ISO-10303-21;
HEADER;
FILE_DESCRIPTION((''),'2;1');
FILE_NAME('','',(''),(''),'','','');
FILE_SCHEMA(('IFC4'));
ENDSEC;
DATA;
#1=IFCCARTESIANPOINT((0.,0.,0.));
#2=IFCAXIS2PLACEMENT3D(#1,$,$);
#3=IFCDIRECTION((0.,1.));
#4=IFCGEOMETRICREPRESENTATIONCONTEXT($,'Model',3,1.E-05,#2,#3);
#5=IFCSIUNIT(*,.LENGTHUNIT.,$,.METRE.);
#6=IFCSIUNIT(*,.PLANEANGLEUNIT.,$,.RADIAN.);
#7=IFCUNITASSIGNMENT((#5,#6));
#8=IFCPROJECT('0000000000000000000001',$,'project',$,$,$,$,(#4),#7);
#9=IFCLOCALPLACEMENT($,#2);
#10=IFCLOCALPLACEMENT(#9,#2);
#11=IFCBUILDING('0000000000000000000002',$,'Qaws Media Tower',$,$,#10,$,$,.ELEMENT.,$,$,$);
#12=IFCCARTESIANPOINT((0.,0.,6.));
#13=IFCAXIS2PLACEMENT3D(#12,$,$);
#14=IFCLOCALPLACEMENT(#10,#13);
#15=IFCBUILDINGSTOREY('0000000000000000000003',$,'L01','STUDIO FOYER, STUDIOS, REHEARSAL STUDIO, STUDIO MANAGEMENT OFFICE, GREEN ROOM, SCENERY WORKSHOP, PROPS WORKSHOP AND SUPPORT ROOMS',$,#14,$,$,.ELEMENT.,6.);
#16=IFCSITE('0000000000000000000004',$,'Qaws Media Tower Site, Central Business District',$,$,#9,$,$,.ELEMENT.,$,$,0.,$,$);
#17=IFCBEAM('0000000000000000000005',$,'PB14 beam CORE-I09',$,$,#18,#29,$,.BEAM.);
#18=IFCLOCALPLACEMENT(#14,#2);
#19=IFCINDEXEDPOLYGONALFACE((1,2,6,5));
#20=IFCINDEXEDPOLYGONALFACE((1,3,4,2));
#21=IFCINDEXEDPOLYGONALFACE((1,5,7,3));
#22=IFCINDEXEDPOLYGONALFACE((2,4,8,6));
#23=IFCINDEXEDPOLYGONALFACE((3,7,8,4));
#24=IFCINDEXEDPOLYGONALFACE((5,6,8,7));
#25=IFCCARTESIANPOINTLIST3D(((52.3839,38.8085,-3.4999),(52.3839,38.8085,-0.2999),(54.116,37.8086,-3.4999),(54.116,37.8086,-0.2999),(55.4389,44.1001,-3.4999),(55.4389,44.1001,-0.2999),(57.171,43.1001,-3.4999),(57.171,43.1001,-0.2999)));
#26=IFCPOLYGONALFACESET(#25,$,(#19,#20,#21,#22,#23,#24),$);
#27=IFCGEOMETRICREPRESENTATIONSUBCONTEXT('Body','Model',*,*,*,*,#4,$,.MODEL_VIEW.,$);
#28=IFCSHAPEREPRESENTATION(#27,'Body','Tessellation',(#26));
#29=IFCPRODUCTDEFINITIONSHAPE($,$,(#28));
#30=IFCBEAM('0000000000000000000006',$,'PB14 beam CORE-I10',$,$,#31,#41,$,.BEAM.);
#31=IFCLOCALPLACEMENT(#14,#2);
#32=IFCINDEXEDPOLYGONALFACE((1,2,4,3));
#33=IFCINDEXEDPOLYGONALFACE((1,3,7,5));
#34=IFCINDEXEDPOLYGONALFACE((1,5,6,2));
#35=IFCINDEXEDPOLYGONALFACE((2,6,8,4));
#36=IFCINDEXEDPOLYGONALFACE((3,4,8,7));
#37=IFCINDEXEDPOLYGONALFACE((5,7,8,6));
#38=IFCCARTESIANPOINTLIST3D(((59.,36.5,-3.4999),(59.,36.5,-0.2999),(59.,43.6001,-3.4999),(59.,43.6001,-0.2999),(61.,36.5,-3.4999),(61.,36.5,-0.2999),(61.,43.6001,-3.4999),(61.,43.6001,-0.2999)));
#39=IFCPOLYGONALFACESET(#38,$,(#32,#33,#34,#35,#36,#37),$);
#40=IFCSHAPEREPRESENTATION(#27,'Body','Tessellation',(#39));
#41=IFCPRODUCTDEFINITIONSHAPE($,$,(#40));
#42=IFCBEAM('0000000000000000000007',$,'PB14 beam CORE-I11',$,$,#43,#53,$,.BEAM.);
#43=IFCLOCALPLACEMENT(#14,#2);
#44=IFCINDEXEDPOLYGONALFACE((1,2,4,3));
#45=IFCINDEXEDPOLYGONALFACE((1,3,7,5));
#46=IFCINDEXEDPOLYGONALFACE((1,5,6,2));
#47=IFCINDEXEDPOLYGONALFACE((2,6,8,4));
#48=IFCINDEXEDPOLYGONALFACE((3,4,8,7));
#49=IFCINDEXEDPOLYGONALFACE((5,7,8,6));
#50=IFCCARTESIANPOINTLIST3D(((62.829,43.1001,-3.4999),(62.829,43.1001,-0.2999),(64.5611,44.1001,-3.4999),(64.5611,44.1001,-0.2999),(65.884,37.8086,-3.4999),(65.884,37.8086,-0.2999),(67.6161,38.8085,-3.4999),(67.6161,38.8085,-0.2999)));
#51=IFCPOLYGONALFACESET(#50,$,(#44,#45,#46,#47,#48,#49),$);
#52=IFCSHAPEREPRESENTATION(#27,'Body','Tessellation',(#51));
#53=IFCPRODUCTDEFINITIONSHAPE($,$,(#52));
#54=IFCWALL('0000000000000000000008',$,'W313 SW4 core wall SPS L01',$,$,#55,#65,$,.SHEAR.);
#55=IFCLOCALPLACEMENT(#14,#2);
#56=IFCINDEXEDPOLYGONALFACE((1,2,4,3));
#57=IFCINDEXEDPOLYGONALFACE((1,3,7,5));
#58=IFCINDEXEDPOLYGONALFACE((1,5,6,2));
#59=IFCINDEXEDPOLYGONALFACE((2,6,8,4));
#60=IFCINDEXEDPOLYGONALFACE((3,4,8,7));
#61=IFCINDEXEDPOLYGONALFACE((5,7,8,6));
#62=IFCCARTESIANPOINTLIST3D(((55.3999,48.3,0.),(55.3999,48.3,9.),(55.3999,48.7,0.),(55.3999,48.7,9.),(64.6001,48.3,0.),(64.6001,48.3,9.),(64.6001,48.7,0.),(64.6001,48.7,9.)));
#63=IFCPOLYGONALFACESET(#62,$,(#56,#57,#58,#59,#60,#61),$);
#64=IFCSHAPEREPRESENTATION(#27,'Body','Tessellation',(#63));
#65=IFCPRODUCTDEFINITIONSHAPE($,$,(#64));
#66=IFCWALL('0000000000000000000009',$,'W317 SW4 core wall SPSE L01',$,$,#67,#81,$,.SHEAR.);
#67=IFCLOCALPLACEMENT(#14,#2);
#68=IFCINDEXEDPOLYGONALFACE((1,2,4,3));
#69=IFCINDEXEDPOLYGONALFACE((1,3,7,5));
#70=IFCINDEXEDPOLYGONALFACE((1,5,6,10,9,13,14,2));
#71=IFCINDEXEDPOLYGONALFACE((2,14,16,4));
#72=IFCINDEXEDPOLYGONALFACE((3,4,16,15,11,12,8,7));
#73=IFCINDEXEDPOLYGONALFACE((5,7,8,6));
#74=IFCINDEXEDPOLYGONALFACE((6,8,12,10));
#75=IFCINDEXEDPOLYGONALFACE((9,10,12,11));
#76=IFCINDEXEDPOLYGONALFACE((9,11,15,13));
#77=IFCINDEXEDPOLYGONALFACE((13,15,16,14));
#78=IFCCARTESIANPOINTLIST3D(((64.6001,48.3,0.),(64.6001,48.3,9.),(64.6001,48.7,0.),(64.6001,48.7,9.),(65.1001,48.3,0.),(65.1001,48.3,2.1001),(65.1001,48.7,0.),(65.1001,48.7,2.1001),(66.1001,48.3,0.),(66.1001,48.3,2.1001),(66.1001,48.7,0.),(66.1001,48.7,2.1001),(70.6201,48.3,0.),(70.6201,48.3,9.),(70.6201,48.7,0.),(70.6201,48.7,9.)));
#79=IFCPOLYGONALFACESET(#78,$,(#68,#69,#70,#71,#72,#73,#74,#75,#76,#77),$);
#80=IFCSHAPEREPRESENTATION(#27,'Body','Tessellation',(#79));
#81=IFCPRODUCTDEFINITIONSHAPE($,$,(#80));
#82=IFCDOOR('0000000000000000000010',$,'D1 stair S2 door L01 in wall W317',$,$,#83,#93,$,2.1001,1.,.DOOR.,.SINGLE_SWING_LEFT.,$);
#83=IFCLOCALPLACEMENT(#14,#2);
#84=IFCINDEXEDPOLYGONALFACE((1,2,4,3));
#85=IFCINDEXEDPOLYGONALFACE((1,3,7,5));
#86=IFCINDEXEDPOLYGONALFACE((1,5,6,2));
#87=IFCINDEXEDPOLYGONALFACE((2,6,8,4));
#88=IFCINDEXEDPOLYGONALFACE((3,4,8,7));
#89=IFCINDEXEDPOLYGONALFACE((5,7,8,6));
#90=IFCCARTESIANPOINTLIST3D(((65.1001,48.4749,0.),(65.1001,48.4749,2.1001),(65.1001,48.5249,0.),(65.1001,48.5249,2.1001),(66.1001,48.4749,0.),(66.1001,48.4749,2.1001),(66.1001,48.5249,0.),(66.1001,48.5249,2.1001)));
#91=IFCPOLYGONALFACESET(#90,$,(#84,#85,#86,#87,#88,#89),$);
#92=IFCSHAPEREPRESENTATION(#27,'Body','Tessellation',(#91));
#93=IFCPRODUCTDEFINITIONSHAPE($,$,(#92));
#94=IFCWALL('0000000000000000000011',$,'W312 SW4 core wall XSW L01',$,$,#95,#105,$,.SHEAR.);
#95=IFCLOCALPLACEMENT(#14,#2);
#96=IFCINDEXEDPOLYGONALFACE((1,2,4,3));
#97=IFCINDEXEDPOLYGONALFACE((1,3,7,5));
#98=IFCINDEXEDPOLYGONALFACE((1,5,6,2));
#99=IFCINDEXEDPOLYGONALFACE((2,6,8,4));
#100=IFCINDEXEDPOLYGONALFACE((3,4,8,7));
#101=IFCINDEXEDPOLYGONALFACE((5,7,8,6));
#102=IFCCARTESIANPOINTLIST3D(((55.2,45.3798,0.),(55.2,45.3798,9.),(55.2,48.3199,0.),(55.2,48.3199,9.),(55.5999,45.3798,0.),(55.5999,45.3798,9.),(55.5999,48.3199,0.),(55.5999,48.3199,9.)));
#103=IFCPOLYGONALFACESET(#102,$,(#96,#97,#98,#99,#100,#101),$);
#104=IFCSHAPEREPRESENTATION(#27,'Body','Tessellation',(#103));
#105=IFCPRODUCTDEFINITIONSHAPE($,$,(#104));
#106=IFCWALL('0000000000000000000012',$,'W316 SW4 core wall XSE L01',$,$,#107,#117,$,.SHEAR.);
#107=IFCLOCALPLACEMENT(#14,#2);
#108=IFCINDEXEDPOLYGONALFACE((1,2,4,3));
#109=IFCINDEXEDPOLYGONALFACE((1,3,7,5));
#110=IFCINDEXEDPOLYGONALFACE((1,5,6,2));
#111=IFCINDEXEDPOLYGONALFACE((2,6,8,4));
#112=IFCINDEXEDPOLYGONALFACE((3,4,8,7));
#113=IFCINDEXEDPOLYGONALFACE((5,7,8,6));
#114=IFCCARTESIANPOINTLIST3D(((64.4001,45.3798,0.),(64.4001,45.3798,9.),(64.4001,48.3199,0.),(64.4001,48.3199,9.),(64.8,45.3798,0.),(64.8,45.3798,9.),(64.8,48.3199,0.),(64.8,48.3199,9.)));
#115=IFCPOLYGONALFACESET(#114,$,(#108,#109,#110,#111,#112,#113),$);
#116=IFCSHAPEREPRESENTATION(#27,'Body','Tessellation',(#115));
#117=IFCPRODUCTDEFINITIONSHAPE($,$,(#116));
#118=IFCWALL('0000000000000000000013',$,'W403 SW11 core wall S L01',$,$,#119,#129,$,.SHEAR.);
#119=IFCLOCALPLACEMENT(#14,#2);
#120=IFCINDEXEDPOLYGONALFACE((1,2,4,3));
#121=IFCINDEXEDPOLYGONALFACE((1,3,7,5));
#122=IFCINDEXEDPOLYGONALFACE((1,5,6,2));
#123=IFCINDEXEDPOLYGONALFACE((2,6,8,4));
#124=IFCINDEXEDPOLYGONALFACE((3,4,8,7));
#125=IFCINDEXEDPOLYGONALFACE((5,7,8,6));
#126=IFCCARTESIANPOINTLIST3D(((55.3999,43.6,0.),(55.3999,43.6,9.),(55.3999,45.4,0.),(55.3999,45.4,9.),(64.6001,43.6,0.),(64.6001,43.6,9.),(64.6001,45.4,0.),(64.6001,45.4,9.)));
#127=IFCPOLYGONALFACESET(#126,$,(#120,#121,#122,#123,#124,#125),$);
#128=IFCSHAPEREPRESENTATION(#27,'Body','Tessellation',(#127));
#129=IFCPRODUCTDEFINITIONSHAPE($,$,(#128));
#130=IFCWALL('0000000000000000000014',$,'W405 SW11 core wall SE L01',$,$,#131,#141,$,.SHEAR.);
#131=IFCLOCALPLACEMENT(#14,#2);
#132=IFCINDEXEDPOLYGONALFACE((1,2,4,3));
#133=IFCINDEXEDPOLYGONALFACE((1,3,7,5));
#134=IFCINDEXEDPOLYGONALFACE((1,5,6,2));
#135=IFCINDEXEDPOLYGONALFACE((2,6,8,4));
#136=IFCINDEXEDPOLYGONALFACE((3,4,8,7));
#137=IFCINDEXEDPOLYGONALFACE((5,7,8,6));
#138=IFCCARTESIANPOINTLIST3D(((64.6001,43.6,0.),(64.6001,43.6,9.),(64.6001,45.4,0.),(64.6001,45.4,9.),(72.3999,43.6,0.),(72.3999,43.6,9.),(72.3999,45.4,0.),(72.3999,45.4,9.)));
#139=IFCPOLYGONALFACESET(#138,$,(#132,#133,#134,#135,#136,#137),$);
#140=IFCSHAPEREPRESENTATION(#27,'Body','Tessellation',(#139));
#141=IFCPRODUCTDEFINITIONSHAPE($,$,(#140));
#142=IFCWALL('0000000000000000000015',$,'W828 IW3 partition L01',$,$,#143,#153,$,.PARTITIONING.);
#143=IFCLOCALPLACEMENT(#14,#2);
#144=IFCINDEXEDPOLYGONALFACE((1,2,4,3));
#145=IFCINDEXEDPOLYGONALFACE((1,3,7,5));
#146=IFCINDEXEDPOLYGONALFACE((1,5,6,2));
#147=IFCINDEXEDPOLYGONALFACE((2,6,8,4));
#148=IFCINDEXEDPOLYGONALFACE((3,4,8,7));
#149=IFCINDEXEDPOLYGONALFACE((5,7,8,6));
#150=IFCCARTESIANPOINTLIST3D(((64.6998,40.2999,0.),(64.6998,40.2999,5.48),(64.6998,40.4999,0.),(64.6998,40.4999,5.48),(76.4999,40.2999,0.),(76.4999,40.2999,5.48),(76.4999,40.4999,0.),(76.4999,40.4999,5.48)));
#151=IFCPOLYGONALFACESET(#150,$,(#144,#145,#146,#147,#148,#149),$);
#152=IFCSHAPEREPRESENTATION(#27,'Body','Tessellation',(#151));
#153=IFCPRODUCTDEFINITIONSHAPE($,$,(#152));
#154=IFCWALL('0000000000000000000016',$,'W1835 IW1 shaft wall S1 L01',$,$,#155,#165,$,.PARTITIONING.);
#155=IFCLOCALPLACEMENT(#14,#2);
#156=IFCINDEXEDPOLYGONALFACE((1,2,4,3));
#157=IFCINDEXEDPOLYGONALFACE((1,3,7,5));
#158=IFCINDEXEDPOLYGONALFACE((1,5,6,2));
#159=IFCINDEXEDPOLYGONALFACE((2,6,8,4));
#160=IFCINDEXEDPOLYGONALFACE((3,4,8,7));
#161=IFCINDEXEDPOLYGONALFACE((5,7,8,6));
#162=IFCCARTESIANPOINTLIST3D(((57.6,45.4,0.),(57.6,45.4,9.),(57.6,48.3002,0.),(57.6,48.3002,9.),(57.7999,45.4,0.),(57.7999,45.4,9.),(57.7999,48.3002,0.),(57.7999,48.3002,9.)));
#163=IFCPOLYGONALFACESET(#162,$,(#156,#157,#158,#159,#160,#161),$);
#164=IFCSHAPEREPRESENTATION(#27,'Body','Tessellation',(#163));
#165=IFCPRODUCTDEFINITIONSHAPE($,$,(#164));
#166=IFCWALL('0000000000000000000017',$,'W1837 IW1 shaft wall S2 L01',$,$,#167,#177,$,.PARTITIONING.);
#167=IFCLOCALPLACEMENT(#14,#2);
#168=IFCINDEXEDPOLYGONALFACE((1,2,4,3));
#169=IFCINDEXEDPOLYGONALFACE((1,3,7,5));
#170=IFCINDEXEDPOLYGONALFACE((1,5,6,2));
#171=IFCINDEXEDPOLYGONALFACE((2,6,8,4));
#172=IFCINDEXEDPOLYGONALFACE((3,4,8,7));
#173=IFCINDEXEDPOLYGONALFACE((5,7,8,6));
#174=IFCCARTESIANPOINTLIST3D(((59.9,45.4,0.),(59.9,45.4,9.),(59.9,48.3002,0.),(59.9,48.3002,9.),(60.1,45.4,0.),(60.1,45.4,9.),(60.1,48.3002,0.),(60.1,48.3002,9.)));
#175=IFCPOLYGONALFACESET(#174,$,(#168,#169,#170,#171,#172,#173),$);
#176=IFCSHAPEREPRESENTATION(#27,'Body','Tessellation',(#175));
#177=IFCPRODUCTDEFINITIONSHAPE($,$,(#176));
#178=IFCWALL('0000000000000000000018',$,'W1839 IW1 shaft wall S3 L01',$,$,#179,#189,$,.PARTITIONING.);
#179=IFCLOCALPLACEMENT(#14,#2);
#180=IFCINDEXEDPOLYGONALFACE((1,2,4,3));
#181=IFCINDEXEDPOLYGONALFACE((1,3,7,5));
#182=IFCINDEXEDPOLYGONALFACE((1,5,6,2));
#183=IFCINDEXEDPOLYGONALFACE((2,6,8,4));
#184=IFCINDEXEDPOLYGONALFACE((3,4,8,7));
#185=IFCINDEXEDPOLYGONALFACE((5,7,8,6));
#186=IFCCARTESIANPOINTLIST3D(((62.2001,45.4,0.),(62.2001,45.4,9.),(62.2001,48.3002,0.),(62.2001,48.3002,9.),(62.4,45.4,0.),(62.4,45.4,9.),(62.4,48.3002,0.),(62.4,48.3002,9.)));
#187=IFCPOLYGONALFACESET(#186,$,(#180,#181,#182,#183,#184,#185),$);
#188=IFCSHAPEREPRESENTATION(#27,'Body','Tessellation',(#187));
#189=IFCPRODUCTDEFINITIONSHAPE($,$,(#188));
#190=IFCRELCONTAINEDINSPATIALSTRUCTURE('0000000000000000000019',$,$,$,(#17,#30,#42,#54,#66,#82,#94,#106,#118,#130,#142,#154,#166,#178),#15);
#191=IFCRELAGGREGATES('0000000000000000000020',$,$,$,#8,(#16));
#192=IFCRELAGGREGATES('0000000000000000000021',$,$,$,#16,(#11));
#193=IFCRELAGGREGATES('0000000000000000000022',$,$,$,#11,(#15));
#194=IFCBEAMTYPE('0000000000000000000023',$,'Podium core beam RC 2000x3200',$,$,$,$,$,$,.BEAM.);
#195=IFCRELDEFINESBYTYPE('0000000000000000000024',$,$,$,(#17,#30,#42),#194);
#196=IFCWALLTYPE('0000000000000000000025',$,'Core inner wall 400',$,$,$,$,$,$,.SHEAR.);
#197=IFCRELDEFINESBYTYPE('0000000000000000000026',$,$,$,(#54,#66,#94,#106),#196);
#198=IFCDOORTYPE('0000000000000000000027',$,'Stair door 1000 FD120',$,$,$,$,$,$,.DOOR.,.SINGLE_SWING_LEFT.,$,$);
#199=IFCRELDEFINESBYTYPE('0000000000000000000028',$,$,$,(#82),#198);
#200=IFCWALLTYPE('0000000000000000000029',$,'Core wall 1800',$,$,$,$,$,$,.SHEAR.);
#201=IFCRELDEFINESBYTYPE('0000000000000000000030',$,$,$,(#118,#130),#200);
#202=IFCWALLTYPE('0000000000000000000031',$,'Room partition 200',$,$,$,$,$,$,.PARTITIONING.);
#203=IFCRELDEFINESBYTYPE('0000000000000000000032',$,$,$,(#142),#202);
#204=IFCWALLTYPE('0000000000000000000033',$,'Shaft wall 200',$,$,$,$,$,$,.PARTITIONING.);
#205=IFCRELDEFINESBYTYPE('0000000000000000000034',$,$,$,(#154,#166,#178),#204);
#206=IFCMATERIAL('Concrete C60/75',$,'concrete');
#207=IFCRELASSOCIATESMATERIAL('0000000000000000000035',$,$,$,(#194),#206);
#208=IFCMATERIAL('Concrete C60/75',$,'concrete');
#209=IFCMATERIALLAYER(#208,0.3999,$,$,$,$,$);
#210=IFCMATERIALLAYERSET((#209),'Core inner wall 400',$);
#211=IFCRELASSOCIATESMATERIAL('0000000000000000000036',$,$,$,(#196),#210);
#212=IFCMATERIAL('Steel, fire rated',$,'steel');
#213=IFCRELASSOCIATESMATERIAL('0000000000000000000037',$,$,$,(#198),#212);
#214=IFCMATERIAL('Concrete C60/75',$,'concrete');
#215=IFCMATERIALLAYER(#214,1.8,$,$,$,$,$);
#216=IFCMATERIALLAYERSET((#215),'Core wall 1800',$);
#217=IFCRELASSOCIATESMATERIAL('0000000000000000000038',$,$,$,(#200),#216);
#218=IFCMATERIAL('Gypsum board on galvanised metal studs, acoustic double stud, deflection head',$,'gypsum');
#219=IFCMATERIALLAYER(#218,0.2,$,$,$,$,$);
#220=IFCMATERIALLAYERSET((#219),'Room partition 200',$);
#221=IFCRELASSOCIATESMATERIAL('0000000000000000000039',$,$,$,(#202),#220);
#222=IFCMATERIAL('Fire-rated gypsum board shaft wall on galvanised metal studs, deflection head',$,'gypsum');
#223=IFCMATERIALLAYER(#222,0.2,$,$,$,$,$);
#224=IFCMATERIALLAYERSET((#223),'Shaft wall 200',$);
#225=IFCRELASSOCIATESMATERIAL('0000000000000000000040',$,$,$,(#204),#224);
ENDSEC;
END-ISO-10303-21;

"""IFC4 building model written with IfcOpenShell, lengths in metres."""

from ifc_helpers import new_model, si_unit, direction, frame, frame_2d, origin, origin_2d, place, context, subcontext, project, spatial, rectangle, extrude, material, layer, layer_set, material_profile, profile_set, type_object, element, fill, save


model = new_model("IFC4")

# Units and contexts
model_context = context("Model", 3, precision=1e-05, world=origin(), true_north=direction((0.0, 1.0)))
body_context = subcontext(model_context, "Body", "Model", "MODEL_VIEW")
ifc_project = project(units=[si_unit("LENGTHUNIT", "METRE"), si_unit("PLANEANGLEUNIT", "RADIAN")], contexts=[model_context])

# Site, building, storey
site_placement = place(None, origin())
site = spatial("IfcSite", under=ifc_project, at=site_placement, Name="Qaws Media Tower Site, Central Business District", CompositionType="ELEMENT", RefElevation=0.0)
building_placement = place(site_placement, origin())
building = spatial("IfcBuilding", under=site, at=building_placement, Name="Qaws Media Tower", CompositionType="ELEMENT")
storey_placement = place(building_placement, frame((0.0, 0.0, 6.0)))
storey = spatial("IfcBuildingStorey", under=building, at=storey_placement, Name="L01", Description="STUDIO FOYER, STUDIOS, REHEARSAL STUDIO, STUDIO MANAGEMENT OFFICE, GREEN ROOM, SCENERY WORKSHOP, PROPS WORKSHOP AND SUPPORT ROOMS", CompositionType="ELEMENT", Elevation=6.0)

# Beams
ifc_material_1 = material(Name="Concrete C60/75", Category="concrete")
ifc_material_profile = material_profile(ifc_material_1, rectangle(XDim=2.0, YDim=3.2, at=origin_2d()), Name="RC 2000x3200")
ifc_profile_set = profile_set([ifc_material_profile], Name="Concrete C60/75")
beam_type = type_object("IfcBeamType", Name="Podium core beam RC 2000x3200", PredefinedType="BEAM", material=ifc_profile_set)
beam_1_placement = place(storey_placement, frame((56.3049, 43.6001, -1.8999), z_axis=(-0.499985, -0.866034, 0.0), x_axis=(0.866034, -0.499985, 0.0)))
element("IfcBeam", 1, at=beam_1_placement, inside=storey, type_object=beam_type, Name="PB14 beam CORE-I09", PredefinedType="BEAM", context=body_context, shape_type="SweptSolid", body=[
    extrude(rectangle(XDim=2.0, YDim=3.2, at=origin_2d()), origin(), (0.0, 0.0, 1.0), 6.1101),
])
beam_2_placement = place(storey_placement, frame((60.0, 43.6001, -1.8999), z_axis=(0.0, -1.0, 0.0), x_axis=(1.0, 0.0, 0.0)))
element("IfcBeam", 2, at=beam_2_placement, inside=storey, type_object=beam_type, Name="PB14 beam CORE-I10", PredefinedType="BEAM", context=body_context, shape_type="SweptSolid", body=[
    extrude(rectangle(XDim=2.0, YDim=3.2, at=origin_2d()), origin(), (0.0, 0.0, 1.0), 7.1001),
])
beam_3_placement = place(storey_placement, frame((63.6951, 43.6001, -1.8999), z_axis=(0.499985, -0.866034, 0.0), x_axis=(0.866034, 0.499985, 0.0)))
element("IfcBeam", 3, at=beam_3_placement, inside=storey, type_object=beam_type, Name="PB14 beam CORE-I11", PredefinedType="BEAM", context=body_context, shape_type="SweptSolid", body=[
    extrude(rectangle(XDim=2.0, YDim=3.2, at=origin_2d()), origin(), (0.0, 0.0, 1.0), 6.1101),
])

# Wall
ifc_material_2 = material(Name="Concrete C60/75", Category="concrete")
ifc_layer_1 = layer(ifc_material_2, 0.3999)
ifc_layer_set_1 = layer_set([ifc_layer_1], Name="Core inner wall 400")
wall_type_1 = type_object("IfcWallType", Name="Core inner wall 400", PredefinedType="SHEAR", material=ifc_layer_set_1)
wall_1_placement = place(storey_placement, frame((55.3999, 48.5, 0.0), z_axis=(0.0, 0.0, 1.0), x_axis=(1.0, 0.0, 0.0)))
element("IfcWall", 4, at=wall_1_placement, inside=storey, type_object=wall_type_1, Name="W313 SW4 core wall SPS L01", PredefinedType="SHEAR", context=body_context, shape_type="SweptSolid", body=[
    extrude(rectangle(XDim=9.2002, YDim=0.3999, at=frame_2d((4.6001, 0.0))), origin(), (0.0, 0.0, 1.0), 9.0),
])

# Wall, opening, door
wall_2_placement = place(storey_placement, frame((64.6001, 48.5, 0.0), z_axis=(0.0, 0.0, 1.0), x_axis=(1.0, 0.0, 0.0)))
wall_2 = element("IfcWall", 5, at=wall_2_placement, inside=storey, type_object=wall_type_1, Name="W317 SW4 core wall SPSE L01", PredefinedType="SHEAR", context=body_context, shape_type="SweptSolid", body=[
    extrude(rectangle(XDim=6.02, YDim=0.3999, at=frame_2d((3.01, 0.0))), origin(), (0.0, 0.0, 1.0), 9.0),
])
opening_placement = place(wall_2_placement, frame((0.5, 0.0, 0.0)))
opening = element("IfcOpeningElement", 6, at=opening_placement, cuts=wall_2, PredefinedType="OPENING", context=body_context, shape_type="SweptSolid", body=[
    extrude(rectangle(XDim=1.0, YDim=2.1001, at=frame_2d((0.5, 1.05))), frame((0.0, 0.21, 0.0), z_axis=(0.0, -1.0, 0.0), x_axis=(1.0, 0.0, 0.0)), (0.0, 0.0, 1.0), 0.4199),
])
ifc_material_3 = material(Name="Steel, fire rated", Category="steel")
door_type = type_object("IfcDoorType", Name="Stair door 1000 FD120", OperationType="SINGLE_SWING_LEFT", PredefinedType="DOOR", material=ifc_material_3)
door_placement = place(opening_placement, origin())
door = element("IfcDoor", 7, at=door_placement, inside=storey, type_object=door_type, Name="D1 stair S2 door L01 in wall W317", OperationType="SINGLE_SWING_LEFT", OverallHeight=2.1001, OverallWidth=1.0, PredefinedType="DOOR", context=body_context, shape_type="SweptSolid", body=[
    extrude(rectangle(XDim=1.0, YDim=2.1001, at=frame_2d((0.5, 1.05))), frame((0.0, 0.0249, 0.0), z_axis=(0.0, -1.0, 0.0), x_axis=(1.0, 0.0, 0.0)), (0.0, 0.0, 1.0), 0.05),
])
fill(opening, door)

# Walls
for number, where, z_axis, x_axis, name in (
    (8, (55.3999, 48.3201, 0.0), (0.0, 0.0, 1.0), (0.0, -1.0, 0.0), "W312 SW4 core wall XSW L01"),
    (9, (64.6001, 48.3201, 0.0), (0.0, 0.0, 1.0), (0.0, -1.0, 0.0), "W316 SW4 core wall XSE L01"),
):
    element("IfcWall", number, at=place(storey_placement, frame(where, z_axis=z_axis, x_axis=x_axis)), inside=storey, type_object=wall_type_1, Name=name, PredefinedType="SHEAR", context=body_context, shape_type="SweptSolid", body=[
        extrude(rectangle(XDim=2.9402, YDim=0.3999, at=frame_2d((1.4702, 0.0))), origin(), (0.0, 0.0, 1.0), 9.0),
    ])
ifc_material_4 = material(Name="Concrete C60/75", Category="concrete")
ifc_layer_2 = layer(ifc_material_4, 1.8)
ifc_layer_set_2 = layer_set([ifc_layer_2], Name="Core wall 1800")
wall_type_2 = type_object("IfcWallType", Name="Core wall 1800", PredefinedType="SHEAR", material=ifc_layer_set_2)
wall_3_placement = place(storey_placement, frame((55.3999, 44.5, 0.0), z_axis=(0.0, 0.0, 1.0), x_axis=(1.0, 0.0, 0.0)))
element("IfcWall", 10, at=wall_3_placement, inside=storey, type_object=wall_type_2, Name="W403 SW11 core wall S L01", PredefinedType="SHEAR", context=body_context, shape_type="SweptSolid", body=[
    extrude(rectangle(XDim=9.2002, YDim=1.8, at=frame_2d((4.6001, 0.0))), origin(), (0.0, 0.0, 1.0), 9.0),
])
wall_4_placement = place(storey_placement, frame((64.6001, 44.5, 0.0), z_axis=(0.0, 0.0, 1.0), x_axis=(1.0, 0.0, 0.0)))
element("IfcWall", 11, at=wall_4_placement, inside=storey, type_object=wall_type_2, Name="W405 SW11 core wall SE L01", PredefinedType="SHEAR", context=body_context, shape_type="SweptSolid", body=[
    extrude(rectangle(XDim=7.7998, YDim=1.8, at=frame_2d((3.8999, 0.0))), origin(), (0.0, 0.0, 1.0), 9.0),
])
ifc_material_5 = material(Name="Gypsum board on galvanised metal studs, acoustic double stud, deflection head", Category="gypsum")
ifc_layer_3 = layer(ifc_material_5, 0.2)
ifc_layer_set_3 = layer_set([ifc_layer_3], Name="Room partition 200")
wall_type_3 = type_object("IfcWallType", Name="Room partition 200", PredefinedType="PARTITIONING", material=ifc_layer_set_3)
wall_5_placement = place(storey_placement, frame((64.7, 40.3999, 0.0), z_axis=(0.0, 0.0, 1.0), x_axis=(1.0, 0.0, 0.0)))
element("IfcWall", 12, at=wall_5_placement, inside=storey, type_object=wall_type_3, Name="W828 IW3 partition L01", PredefinedType="PARTITIONING", context=body_context, shape_type="SweptSolid", body=[
    extrude(rectangle(XDim=11.8, YDim=0.2, at=frame_2d((5.8999, 0.0))), origin(), (0.0, 0.0, 1.0), 5.48),
])
ifc_material_6 = material(Name="Fire-rated gypsum board shaft wall on galvanised metal studs, deflection head", Category="gypsum")
ifc_layer_4 = layer(ifc_material_6, 0.2)
ifc_layer_set_4 = layer_set([ifc_layer_4], Name="Shaft wall 200")
wall_type_4 = type_object("IfcWallType", Name="Shaft wall 200", PredefinedType="PARTITIONING", material=ifc_layer_set_4)
for number, where, z_axis, x_axis, name in (
    (13, (57.7, 45.3999, 0.0), (0.0, 0.0, 1.0), (0.0, 1.0, 0.0), "W1835 IW1 shaft wall S1 L01"),
    (14, (60.0, 45.3999, 0.0), (0.0, 0.0, 1.0), (0.0, 1.0, 0.0), "W1837 IW1 shaft wall S2 L01"),
    (15, (62.3, 45.3999, 0.0), (0.0, 0.0, 1.0), (0.0, 1.0, 0.0), "W1839 IW1 shaft wall S3 L01"),
):
    element("IfcWall", number, at=place(storey_placement, frame(where, z_axis=z_axis, x_axis=x_axis)), inside=storey, type_object=wall_type_4, Name=name, PredefinedType="PARTITIONING", context=body_context, shape_type="SweptSolid", body=[
        extrude(rectangle(XDim=2.9001, YDim=0.2, at=frame_2d((1.4502, 0.0))), origin(), (0.0, 0.0, 1.0), 9.0),
    ])

save(model, "model.ifc")
